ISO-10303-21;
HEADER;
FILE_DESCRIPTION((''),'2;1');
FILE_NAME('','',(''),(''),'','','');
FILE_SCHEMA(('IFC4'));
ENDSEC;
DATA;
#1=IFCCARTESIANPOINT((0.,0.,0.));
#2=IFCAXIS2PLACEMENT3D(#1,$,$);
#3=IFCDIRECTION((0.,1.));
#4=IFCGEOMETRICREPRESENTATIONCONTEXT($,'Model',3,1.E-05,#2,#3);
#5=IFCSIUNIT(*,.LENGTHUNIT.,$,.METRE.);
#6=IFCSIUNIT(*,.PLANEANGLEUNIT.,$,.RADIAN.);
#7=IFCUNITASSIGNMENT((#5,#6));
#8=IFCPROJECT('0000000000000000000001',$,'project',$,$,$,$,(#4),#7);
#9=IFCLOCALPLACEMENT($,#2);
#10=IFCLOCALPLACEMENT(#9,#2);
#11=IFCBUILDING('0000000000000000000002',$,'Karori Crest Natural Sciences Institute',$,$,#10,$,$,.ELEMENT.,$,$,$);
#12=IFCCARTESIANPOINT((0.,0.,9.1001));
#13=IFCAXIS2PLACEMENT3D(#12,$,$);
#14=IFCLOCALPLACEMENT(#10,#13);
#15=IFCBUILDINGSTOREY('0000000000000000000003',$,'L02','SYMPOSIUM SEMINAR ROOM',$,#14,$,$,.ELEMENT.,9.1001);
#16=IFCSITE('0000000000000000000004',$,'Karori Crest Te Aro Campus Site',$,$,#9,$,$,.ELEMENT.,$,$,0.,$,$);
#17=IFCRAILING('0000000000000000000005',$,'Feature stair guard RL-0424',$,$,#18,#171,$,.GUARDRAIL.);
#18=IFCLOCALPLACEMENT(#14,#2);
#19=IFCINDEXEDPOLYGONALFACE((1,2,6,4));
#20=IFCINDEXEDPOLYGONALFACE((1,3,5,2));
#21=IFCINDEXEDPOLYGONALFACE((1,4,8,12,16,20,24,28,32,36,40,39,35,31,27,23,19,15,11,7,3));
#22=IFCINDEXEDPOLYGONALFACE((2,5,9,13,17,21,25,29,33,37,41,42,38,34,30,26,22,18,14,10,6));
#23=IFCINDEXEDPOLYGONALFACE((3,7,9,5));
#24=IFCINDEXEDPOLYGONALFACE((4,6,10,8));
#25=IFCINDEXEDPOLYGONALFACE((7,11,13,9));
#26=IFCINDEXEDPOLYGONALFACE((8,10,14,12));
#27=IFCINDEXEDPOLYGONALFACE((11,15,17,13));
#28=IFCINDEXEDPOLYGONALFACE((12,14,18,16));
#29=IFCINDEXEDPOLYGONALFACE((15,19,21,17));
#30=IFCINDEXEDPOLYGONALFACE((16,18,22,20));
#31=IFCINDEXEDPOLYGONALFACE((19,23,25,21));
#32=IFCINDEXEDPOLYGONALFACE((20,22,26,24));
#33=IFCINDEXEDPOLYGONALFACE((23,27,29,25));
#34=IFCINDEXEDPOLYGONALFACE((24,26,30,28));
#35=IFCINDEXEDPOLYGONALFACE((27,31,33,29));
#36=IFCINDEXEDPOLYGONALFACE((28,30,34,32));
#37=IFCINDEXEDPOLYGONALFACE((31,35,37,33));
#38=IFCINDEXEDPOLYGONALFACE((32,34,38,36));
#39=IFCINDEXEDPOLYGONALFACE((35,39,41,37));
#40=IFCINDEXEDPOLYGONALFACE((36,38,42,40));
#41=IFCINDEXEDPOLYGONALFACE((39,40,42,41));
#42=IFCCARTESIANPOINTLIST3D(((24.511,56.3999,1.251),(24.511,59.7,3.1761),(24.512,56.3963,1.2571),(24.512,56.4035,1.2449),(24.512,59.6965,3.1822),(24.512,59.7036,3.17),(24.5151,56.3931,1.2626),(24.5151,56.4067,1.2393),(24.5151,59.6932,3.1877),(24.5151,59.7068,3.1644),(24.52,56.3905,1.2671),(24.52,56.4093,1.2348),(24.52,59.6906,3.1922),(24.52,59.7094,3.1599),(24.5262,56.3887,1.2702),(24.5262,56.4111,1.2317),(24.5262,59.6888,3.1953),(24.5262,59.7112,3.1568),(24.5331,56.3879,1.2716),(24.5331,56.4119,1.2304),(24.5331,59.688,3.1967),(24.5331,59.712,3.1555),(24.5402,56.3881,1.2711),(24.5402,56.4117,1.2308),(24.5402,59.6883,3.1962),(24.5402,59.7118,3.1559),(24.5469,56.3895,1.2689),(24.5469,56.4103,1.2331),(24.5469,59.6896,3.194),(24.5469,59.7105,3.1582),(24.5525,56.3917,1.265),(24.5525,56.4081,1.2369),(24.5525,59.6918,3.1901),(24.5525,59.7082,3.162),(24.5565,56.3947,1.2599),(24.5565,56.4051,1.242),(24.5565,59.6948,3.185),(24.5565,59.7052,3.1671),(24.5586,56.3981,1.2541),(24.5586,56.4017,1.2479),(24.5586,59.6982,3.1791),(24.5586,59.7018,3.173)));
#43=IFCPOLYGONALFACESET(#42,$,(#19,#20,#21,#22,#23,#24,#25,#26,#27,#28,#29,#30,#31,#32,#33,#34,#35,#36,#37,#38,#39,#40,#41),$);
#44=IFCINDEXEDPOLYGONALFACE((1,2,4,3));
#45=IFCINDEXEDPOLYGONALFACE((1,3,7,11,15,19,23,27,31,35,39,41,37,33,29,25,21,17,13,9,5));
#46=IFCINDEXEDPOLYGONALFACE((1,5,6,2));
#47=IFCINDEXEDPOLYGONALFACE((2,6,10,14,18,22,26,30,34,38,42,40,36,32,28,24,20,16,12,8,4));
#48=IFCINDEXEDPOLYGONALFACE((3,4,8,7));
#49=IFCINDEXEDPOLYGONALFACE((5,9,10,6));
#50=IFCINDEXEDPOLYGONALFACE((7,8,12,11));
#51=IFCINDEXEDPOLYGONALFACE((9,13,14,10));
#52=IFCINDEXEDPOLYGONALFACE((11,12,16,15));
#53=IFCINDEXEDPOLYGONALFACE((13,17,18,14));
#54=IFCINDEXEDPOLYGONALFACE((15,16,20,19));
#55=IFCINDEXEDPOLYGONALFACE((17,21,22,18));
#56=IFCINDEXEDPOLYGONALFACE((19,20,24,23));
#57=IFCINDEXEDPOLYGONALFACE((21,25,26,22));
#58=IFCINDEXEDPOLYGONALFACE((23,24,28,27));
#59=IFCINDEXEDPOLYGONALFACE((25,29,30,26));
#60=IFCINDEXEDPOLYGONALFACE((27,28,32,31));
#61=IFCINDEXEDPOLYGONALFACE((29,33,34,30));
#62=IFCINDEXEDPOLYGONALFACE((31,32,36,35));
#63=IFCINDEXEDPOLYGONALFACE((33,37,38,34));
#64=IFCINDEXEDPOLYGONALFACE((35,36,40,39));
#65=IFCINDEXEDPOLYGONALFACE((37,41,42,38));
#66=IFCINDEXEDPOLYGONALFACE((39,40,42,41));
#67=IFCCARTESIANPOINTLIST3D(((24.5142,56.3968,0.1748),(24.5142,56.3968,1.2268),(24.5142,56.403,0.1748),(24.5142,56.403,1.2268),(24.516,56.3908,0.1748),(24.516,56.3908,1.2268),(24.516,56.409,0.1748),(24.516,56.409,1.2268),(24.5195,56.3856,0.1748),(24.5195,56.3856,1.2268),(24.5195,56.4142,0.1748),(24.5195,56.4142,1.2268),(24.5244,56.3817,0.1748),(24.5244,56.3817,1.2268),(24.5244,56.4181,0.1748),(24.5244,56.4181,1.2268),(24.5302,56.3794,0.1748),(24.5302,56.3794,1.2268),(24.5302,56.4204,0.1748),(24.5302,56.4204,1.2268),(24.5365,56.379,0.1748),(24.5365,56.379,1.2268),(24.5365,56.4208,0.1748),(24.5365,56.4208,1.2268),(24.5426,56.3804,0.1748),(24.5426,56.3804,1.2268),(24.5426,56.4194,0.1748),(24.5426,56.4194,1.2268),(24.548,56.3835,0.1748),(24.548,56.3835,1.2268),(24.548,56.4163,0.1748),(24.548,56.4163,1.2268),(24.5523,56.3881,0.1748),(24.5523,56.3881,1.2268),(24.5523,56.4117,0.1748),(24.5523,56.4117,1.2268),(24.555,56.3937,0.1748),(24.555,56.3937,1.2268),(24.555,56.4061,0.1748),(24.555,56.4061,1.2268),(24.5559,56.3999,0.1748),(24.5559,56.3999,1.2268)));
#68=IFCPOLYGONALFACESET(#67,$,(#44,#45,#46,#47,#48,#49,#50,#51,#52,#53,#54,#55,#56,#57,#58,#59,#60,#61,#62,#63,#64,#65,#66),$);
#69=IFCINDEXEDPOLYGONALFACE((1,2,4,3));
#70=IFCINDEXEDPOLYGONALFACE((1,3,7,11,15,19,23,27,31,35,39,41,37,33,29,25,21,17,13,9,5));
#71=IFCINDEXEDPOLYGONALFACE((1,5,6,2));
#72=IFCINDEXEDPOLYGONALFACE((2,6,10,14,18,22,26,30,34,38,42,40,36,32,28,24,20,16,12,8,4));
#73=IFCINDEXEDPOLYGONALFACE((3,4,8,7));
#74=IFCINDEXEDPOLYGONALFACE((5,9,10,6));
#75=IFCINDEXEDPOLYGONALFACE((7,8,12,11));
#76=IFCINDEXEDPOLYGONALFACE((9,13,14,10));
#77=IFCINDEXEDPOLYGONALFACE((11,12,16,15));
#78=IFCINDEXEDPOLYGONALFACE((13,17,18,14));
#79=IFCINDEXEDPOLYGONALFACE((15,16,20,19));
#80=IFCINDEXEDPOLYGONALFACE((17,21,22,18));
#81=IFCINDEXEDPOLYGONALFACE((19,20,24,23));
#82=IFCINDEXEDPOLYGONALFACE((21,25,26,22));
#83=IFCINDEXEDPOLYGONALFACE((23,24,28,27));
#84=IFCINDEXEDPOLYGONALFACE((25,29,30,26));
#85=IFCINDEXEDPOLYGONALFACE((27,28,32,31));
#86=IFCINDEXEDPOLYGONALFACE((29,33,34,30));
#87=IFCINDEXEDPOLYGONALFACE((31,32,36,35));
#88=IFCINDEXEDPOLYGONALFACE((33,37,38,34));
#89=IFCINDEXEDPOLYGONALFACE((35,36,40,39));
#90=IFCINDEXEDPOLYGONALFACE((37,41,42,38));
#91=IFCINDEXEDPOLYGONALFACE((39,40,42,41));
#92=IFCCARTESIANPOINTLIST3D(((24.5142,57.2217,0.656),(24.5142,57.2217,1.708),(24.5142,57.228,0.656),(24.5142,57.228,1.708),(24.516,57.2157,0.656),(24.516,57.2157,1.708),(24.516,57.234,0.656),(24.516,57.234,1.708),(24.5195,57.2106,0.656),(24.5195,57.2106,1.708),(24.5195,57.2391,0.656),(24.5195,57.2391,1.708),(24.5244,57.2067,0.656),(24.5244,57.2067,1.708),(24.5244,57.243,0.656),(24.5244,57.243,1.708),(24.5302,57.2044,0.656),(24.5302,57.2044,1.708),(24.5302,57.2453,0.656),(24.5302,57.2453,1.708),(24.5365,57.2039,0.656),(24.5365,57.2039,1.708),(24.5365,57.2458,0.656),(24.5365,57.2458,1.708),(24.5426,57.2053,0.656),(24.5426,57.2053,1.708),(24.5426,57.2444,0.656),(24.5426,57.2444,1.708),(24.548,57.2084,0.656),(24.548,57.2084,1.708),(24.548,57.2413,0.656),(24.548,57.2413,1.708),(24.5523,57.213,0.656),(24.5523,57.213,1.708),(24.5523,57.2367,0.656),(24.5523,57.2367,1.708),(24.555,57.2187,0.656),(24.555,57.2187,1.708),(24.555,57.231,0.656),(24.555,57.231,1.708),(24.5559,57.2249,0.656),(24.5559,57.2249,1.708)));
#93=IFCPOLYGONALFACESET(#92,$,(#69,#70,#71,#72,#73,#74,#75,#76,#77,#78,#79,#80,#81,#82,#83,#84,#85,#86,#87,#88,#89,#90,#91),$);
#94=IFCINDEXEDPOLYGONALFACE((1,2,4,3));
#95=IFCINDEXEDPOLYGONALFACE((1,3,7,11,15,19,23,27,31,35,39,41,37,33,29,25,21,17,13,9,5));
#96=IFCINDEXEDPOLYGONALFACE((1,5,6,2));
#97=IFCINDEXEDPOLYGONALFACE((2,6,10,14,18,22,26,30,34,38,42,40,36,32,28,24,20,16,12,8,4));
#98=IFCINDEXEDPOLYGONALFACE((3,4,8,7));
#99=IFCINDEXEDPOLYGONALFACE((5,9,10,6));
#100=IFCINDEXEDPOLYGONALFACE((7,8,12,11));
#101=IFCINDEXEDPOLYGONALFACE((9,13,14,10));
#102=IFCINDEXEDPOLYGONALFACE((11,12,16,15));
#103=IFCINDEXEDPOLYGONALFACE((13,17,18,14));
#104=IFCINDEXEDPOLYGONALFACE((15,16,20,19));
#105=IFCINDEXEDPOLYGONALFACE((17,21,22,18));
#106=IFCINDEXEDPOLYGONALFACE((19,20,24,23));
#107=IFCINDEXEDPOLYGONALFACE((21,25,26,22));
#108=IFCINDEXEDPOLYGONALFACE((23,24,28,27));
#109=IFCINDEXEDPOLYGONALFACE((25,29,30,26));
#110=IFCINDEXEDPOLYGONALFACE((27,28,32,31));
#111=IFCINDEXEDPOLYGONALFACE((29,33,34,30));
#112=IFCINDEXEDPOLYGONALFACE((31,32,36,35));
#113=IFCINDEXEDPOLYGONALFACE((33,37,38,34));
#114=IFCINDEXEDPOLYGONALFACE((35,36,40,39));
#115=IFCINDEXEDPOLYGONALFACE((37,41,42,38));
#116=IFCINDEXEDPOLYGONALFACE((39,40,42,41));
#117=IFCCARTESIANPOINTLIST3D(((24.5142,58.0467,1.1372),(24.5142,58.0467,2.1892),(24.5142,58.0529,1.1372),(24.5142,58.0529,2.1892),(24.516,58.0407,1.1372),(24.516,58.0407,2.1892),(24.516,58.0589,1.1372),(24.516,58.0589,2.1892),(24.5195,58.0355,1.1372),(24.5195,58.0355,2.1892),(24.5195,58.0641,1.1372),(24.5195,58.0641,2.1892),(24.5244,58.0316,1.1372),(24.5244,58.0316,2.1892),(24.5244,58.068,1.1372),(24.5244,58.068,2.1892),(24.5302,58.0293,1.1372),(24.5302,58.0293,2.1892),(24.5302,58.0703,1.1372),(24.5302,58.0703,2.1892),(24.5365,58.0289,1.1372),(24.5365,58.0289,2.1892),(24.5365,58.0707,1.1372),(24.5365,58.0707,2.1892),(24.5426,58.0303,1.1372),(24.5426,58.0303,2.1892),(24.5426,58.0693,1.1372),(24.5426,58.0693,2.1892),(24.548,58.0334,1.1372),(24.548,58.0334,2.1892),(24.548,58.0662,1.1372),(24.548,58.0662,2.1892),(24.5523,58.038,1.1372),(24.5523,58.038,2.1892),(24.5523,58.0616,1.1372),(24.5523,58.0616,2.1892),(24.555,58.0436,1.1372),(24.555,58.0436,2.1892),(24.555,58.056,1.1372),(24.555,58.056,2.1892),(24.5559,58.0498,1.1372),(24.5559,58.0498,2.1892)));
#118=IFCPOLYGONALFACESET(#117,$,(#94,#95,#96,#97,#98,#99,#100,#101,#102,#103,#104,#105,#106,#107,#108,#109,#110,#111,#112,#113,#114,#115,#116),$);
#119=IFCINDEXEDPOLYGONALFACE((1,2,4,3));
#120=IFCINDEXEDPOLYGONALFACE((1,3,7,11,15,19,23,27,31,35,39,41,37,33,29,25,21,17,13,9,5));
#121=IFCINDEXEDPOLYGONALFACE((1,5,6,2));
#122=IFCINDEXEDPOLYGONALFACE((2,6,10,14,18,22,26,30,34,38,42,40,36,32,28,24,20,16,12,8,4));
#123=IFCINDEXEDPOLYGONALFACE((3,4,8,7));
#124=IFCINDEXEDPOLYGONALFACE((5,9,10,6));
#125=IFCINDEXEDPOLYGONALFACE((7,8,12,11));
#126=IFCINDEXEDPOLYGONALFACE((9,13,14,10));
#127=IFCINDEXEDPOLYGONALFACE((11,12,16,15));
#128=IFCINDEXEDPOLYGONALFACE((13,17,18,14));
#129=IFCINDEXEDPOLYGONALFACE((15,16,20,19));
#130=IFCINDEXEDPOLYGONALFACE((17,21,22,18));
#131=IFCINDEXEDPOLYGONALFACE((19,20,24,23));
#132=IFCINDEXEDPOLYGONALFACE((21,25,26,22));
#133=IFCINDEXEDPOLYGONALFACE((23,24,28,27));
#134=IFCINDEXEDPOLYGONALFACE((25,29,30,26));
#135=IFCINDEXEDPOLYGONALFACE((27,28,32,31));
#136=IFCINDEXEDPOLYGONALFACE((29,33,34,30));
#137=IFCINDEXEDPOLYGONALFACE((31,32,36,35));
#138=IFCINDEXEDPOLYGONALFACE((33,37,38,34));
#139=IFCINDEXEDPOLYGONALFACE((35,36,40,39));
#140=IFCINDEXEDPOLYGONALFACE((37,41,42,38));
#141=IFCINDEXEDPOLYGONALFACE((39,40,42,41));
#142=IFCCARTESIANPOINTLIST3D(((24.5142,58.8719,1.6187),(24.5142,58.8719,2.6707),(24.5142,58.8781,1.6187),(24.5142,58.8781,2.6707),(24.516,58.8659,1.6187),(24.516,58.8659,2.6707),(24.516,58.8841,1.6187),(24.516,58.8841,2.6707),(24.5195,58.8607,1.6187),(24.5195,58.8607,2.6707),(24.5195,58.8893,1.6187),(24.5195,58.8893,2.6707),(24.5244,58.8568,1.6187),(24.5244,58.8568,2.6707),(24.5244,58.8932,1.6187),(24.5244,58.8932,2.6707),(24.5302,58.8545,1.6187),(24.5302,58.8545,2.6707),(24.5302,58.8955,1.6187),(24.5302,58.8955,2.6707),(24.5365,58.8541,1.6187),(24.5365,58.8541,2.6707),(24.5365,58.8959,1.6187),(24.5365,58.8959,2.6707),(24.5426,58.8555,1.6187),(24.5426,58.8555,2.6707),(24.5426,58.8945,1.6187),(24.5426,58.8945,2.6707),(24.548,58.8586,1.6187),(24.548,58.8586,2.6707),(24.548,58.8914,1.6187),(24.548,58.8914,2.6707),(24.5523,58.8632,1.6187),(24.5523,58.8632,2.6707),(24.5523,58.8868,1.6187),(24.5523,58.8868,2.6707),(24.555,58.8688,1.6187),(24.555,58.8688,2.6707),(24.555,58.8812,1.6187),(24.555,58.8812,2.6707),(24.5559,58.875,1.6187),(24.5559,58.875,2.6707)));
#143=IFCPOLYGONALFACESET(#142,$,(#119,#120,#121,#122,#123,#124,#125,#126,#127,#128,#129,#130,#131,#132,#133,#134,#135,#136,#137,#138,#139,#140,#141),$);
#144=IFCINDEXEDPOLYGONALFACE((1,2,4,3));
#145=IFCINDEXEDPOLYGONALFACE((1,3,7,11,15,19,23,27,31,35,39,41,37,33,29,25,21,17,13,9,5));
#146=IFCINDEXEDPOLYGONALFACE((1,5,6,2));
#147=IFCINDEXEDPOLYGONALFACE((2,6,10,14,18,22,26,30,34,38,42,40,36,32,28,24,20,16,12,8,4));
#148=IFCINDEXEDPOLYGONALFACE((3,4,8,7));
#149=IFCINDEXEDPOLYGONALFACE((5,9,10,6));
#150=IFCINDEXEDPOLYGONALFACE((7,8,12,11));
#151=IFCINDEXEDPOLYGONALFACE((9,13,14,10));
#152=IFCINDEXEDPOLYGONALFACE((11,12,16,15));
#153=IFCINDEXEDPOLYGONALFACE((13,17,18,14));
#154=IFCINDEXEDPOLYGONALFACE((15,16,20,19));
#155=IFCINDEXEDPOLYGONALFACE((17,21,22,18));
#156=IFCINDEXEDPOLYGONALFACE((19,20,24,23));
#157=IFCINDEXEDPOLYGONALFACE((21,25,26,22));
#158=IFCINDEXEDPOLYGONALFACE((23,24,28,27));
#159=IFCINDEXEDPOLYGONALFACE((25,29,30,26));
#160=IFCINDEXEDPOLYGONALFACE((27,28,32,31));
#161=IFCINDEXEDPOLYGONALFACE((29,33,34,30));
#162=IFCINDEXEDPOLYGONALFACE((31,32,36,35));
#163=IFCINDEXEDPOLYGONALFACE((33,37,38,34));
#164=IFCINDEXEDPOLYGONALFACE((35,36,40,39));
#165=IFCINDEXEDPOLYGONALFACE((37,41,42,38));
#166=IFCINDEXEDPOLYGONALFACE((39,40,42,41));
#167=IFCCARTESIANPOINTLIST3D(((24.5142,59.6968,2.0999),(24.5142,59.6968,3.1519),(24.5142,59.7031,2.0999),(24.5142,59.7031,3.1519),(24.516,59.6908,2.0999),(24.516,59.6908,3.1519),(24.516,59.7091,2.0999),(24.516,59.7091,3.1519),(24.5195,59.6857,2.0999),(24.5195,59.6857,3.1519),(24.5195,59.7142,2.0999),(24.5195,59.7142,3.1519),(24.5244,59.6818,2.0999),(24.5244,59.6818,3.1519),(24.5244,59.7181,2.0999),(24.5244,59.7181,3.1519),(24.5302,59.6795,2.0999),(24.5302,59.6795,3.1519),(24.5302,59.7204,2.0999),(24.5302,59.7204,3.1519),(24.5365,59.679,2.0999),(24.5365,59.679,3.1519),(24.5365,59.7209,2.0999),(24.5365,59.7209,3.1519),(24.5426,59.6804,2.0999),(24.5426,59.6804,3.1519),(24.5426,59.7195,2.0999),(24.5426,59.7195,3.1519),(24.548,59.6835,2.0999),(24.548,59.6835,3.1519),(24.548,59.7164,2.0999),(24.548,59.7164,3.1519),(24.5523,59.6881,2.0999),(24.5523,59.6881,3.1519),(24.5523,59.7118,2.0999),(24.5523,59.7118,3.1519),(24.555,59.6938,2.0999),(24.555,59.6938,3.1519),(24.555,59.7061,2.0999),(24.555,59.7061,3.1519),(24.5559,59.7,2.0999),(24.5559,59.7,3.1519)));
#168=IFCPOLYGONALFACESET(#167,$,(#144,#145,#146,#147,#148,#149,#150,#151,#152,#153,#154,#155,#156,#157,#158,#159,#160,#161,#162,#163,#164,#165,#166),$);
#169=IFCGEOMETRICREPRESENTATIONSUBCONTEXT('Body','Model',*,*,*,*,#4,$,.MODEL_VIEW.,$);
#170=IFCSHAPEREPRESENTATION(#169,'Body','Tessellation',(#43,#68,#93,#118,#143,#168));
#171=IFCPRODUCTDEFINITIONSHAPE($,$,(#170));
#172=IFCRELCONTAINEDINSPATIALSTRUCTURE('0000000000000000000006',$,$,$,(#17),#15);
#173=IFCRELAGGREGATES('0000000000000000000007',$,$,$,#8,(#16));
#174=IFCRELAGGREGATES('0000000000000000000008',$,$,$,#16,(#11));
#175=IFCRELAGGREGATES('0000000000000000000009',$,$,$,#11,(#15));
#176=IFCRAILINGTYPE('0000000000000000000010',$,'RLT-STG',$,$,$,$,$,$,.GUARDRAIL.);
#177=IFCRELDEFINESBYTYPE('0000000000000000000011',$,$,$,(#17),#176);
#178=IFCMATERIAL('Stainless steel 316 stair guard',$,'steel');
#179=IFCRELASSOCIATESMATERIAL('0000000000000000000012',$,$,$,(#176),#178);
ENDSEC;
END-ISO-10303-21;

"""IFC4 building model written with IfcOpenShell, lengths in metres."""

from ifc_helpers import new_model, si_unit, direction, frame, origin, origin_2d, place, context, subcontext, project, spatial, circle, extrude, material, type_object, element, save


model = new_model("IFC4")

# Units and contexts
model_context = context("Model", 3, precision=1e-05, world=origin(), true_north=direction((0.0, 1.0)))
body_context = subcontext(model_context, "Body", "Model", "MODEL_VIEW")
ifc_project = project(units=[si_unit("LENGTHUNIT", "METRE"), si_unit("PLANEANGLEUNIT", "RADIAN")], contexts=[model_context])

# Site, building, storey
site_placement = place(None, origin())
site = spatial("IfcSite", under=ifc_project, at=site_placement, Name="Karori Crest Te Aro Campus Site", CompositionType="ELEMENT", RefElevation=0.0)
building_placement = place(site_placement, origin())
building = spatial("IfcBuilding", under=site, at=building_placement, Name="Karori Crest Natural Sciences Institute", CompositionType="ELEMENT")
storey_placement = place(building_placement, frame((0.0, 0.0, 9.1001)))
storey = spatial("IfcBuildingStorey", under=building, at=storey_placement, Name="L02", Description="SYMPOSIUM SEMINAR ROOM", CompositionType="ELEMENT", Elevation=9.1001)

# Railing
ifc_material_1 = material(Name="Stainless steel 316 stair guard", Category="steel")
railing_type = type_object("IfcRailingType", Name="RLT-STG", PredefinedType="GUARDRAIL", material=ifc_material_1)
for number, where, name in (
    (1, (24.5349, 56.3999, 0.1748), "Feature stair guard RL-0424"),
):
    element("IfcRailing", number, at=place(storey_placement, frame(where)), inside=storey, type_object=railing_type, Name=name, PredefinedType="GUARDRAIL", context=body_context, shape_type="SweptSolid", body=[
        extrude(circle(Radius=0.0239, at=origin_2d()), frame((0.0, 0.0, 1.0762), z_axis=(0.0, 0.863777, 0.503875), x_axis=(-1.0, 0.0, 0.0)), (0.0, 0.0, 1.0), 3.8206),
        extrude(circle(Radius=0.021, at=origin_2d()), origin(), (0.0, 0.0, 1.0), 1.052),
        extrude(circle(Radius=0.021, at=origin_2d()), frame((0.0, 0.825, 0.4812)), (0.0, 0.0, 1.0), 1.052),
        extrude(circle(Radius=0.021, at=origin_2d()), frame((0.0, 1.6499, 0.9624)), (0.0, 0.0, 1.0), 1.052),
        extrude(circle(Radius=0.021, at=origin_2d()), frame((0.0, 2.4751, 1.4438)), (0.0, 0.0, 1.0), 1.052),
        extrude(circle(Radius=0.021, at=origin_2d()), frame((0.0, 3.3, 1.925)), (0.0, 0.0, 1.0), 1.052),
    ])

save(model, "model.ifc")
